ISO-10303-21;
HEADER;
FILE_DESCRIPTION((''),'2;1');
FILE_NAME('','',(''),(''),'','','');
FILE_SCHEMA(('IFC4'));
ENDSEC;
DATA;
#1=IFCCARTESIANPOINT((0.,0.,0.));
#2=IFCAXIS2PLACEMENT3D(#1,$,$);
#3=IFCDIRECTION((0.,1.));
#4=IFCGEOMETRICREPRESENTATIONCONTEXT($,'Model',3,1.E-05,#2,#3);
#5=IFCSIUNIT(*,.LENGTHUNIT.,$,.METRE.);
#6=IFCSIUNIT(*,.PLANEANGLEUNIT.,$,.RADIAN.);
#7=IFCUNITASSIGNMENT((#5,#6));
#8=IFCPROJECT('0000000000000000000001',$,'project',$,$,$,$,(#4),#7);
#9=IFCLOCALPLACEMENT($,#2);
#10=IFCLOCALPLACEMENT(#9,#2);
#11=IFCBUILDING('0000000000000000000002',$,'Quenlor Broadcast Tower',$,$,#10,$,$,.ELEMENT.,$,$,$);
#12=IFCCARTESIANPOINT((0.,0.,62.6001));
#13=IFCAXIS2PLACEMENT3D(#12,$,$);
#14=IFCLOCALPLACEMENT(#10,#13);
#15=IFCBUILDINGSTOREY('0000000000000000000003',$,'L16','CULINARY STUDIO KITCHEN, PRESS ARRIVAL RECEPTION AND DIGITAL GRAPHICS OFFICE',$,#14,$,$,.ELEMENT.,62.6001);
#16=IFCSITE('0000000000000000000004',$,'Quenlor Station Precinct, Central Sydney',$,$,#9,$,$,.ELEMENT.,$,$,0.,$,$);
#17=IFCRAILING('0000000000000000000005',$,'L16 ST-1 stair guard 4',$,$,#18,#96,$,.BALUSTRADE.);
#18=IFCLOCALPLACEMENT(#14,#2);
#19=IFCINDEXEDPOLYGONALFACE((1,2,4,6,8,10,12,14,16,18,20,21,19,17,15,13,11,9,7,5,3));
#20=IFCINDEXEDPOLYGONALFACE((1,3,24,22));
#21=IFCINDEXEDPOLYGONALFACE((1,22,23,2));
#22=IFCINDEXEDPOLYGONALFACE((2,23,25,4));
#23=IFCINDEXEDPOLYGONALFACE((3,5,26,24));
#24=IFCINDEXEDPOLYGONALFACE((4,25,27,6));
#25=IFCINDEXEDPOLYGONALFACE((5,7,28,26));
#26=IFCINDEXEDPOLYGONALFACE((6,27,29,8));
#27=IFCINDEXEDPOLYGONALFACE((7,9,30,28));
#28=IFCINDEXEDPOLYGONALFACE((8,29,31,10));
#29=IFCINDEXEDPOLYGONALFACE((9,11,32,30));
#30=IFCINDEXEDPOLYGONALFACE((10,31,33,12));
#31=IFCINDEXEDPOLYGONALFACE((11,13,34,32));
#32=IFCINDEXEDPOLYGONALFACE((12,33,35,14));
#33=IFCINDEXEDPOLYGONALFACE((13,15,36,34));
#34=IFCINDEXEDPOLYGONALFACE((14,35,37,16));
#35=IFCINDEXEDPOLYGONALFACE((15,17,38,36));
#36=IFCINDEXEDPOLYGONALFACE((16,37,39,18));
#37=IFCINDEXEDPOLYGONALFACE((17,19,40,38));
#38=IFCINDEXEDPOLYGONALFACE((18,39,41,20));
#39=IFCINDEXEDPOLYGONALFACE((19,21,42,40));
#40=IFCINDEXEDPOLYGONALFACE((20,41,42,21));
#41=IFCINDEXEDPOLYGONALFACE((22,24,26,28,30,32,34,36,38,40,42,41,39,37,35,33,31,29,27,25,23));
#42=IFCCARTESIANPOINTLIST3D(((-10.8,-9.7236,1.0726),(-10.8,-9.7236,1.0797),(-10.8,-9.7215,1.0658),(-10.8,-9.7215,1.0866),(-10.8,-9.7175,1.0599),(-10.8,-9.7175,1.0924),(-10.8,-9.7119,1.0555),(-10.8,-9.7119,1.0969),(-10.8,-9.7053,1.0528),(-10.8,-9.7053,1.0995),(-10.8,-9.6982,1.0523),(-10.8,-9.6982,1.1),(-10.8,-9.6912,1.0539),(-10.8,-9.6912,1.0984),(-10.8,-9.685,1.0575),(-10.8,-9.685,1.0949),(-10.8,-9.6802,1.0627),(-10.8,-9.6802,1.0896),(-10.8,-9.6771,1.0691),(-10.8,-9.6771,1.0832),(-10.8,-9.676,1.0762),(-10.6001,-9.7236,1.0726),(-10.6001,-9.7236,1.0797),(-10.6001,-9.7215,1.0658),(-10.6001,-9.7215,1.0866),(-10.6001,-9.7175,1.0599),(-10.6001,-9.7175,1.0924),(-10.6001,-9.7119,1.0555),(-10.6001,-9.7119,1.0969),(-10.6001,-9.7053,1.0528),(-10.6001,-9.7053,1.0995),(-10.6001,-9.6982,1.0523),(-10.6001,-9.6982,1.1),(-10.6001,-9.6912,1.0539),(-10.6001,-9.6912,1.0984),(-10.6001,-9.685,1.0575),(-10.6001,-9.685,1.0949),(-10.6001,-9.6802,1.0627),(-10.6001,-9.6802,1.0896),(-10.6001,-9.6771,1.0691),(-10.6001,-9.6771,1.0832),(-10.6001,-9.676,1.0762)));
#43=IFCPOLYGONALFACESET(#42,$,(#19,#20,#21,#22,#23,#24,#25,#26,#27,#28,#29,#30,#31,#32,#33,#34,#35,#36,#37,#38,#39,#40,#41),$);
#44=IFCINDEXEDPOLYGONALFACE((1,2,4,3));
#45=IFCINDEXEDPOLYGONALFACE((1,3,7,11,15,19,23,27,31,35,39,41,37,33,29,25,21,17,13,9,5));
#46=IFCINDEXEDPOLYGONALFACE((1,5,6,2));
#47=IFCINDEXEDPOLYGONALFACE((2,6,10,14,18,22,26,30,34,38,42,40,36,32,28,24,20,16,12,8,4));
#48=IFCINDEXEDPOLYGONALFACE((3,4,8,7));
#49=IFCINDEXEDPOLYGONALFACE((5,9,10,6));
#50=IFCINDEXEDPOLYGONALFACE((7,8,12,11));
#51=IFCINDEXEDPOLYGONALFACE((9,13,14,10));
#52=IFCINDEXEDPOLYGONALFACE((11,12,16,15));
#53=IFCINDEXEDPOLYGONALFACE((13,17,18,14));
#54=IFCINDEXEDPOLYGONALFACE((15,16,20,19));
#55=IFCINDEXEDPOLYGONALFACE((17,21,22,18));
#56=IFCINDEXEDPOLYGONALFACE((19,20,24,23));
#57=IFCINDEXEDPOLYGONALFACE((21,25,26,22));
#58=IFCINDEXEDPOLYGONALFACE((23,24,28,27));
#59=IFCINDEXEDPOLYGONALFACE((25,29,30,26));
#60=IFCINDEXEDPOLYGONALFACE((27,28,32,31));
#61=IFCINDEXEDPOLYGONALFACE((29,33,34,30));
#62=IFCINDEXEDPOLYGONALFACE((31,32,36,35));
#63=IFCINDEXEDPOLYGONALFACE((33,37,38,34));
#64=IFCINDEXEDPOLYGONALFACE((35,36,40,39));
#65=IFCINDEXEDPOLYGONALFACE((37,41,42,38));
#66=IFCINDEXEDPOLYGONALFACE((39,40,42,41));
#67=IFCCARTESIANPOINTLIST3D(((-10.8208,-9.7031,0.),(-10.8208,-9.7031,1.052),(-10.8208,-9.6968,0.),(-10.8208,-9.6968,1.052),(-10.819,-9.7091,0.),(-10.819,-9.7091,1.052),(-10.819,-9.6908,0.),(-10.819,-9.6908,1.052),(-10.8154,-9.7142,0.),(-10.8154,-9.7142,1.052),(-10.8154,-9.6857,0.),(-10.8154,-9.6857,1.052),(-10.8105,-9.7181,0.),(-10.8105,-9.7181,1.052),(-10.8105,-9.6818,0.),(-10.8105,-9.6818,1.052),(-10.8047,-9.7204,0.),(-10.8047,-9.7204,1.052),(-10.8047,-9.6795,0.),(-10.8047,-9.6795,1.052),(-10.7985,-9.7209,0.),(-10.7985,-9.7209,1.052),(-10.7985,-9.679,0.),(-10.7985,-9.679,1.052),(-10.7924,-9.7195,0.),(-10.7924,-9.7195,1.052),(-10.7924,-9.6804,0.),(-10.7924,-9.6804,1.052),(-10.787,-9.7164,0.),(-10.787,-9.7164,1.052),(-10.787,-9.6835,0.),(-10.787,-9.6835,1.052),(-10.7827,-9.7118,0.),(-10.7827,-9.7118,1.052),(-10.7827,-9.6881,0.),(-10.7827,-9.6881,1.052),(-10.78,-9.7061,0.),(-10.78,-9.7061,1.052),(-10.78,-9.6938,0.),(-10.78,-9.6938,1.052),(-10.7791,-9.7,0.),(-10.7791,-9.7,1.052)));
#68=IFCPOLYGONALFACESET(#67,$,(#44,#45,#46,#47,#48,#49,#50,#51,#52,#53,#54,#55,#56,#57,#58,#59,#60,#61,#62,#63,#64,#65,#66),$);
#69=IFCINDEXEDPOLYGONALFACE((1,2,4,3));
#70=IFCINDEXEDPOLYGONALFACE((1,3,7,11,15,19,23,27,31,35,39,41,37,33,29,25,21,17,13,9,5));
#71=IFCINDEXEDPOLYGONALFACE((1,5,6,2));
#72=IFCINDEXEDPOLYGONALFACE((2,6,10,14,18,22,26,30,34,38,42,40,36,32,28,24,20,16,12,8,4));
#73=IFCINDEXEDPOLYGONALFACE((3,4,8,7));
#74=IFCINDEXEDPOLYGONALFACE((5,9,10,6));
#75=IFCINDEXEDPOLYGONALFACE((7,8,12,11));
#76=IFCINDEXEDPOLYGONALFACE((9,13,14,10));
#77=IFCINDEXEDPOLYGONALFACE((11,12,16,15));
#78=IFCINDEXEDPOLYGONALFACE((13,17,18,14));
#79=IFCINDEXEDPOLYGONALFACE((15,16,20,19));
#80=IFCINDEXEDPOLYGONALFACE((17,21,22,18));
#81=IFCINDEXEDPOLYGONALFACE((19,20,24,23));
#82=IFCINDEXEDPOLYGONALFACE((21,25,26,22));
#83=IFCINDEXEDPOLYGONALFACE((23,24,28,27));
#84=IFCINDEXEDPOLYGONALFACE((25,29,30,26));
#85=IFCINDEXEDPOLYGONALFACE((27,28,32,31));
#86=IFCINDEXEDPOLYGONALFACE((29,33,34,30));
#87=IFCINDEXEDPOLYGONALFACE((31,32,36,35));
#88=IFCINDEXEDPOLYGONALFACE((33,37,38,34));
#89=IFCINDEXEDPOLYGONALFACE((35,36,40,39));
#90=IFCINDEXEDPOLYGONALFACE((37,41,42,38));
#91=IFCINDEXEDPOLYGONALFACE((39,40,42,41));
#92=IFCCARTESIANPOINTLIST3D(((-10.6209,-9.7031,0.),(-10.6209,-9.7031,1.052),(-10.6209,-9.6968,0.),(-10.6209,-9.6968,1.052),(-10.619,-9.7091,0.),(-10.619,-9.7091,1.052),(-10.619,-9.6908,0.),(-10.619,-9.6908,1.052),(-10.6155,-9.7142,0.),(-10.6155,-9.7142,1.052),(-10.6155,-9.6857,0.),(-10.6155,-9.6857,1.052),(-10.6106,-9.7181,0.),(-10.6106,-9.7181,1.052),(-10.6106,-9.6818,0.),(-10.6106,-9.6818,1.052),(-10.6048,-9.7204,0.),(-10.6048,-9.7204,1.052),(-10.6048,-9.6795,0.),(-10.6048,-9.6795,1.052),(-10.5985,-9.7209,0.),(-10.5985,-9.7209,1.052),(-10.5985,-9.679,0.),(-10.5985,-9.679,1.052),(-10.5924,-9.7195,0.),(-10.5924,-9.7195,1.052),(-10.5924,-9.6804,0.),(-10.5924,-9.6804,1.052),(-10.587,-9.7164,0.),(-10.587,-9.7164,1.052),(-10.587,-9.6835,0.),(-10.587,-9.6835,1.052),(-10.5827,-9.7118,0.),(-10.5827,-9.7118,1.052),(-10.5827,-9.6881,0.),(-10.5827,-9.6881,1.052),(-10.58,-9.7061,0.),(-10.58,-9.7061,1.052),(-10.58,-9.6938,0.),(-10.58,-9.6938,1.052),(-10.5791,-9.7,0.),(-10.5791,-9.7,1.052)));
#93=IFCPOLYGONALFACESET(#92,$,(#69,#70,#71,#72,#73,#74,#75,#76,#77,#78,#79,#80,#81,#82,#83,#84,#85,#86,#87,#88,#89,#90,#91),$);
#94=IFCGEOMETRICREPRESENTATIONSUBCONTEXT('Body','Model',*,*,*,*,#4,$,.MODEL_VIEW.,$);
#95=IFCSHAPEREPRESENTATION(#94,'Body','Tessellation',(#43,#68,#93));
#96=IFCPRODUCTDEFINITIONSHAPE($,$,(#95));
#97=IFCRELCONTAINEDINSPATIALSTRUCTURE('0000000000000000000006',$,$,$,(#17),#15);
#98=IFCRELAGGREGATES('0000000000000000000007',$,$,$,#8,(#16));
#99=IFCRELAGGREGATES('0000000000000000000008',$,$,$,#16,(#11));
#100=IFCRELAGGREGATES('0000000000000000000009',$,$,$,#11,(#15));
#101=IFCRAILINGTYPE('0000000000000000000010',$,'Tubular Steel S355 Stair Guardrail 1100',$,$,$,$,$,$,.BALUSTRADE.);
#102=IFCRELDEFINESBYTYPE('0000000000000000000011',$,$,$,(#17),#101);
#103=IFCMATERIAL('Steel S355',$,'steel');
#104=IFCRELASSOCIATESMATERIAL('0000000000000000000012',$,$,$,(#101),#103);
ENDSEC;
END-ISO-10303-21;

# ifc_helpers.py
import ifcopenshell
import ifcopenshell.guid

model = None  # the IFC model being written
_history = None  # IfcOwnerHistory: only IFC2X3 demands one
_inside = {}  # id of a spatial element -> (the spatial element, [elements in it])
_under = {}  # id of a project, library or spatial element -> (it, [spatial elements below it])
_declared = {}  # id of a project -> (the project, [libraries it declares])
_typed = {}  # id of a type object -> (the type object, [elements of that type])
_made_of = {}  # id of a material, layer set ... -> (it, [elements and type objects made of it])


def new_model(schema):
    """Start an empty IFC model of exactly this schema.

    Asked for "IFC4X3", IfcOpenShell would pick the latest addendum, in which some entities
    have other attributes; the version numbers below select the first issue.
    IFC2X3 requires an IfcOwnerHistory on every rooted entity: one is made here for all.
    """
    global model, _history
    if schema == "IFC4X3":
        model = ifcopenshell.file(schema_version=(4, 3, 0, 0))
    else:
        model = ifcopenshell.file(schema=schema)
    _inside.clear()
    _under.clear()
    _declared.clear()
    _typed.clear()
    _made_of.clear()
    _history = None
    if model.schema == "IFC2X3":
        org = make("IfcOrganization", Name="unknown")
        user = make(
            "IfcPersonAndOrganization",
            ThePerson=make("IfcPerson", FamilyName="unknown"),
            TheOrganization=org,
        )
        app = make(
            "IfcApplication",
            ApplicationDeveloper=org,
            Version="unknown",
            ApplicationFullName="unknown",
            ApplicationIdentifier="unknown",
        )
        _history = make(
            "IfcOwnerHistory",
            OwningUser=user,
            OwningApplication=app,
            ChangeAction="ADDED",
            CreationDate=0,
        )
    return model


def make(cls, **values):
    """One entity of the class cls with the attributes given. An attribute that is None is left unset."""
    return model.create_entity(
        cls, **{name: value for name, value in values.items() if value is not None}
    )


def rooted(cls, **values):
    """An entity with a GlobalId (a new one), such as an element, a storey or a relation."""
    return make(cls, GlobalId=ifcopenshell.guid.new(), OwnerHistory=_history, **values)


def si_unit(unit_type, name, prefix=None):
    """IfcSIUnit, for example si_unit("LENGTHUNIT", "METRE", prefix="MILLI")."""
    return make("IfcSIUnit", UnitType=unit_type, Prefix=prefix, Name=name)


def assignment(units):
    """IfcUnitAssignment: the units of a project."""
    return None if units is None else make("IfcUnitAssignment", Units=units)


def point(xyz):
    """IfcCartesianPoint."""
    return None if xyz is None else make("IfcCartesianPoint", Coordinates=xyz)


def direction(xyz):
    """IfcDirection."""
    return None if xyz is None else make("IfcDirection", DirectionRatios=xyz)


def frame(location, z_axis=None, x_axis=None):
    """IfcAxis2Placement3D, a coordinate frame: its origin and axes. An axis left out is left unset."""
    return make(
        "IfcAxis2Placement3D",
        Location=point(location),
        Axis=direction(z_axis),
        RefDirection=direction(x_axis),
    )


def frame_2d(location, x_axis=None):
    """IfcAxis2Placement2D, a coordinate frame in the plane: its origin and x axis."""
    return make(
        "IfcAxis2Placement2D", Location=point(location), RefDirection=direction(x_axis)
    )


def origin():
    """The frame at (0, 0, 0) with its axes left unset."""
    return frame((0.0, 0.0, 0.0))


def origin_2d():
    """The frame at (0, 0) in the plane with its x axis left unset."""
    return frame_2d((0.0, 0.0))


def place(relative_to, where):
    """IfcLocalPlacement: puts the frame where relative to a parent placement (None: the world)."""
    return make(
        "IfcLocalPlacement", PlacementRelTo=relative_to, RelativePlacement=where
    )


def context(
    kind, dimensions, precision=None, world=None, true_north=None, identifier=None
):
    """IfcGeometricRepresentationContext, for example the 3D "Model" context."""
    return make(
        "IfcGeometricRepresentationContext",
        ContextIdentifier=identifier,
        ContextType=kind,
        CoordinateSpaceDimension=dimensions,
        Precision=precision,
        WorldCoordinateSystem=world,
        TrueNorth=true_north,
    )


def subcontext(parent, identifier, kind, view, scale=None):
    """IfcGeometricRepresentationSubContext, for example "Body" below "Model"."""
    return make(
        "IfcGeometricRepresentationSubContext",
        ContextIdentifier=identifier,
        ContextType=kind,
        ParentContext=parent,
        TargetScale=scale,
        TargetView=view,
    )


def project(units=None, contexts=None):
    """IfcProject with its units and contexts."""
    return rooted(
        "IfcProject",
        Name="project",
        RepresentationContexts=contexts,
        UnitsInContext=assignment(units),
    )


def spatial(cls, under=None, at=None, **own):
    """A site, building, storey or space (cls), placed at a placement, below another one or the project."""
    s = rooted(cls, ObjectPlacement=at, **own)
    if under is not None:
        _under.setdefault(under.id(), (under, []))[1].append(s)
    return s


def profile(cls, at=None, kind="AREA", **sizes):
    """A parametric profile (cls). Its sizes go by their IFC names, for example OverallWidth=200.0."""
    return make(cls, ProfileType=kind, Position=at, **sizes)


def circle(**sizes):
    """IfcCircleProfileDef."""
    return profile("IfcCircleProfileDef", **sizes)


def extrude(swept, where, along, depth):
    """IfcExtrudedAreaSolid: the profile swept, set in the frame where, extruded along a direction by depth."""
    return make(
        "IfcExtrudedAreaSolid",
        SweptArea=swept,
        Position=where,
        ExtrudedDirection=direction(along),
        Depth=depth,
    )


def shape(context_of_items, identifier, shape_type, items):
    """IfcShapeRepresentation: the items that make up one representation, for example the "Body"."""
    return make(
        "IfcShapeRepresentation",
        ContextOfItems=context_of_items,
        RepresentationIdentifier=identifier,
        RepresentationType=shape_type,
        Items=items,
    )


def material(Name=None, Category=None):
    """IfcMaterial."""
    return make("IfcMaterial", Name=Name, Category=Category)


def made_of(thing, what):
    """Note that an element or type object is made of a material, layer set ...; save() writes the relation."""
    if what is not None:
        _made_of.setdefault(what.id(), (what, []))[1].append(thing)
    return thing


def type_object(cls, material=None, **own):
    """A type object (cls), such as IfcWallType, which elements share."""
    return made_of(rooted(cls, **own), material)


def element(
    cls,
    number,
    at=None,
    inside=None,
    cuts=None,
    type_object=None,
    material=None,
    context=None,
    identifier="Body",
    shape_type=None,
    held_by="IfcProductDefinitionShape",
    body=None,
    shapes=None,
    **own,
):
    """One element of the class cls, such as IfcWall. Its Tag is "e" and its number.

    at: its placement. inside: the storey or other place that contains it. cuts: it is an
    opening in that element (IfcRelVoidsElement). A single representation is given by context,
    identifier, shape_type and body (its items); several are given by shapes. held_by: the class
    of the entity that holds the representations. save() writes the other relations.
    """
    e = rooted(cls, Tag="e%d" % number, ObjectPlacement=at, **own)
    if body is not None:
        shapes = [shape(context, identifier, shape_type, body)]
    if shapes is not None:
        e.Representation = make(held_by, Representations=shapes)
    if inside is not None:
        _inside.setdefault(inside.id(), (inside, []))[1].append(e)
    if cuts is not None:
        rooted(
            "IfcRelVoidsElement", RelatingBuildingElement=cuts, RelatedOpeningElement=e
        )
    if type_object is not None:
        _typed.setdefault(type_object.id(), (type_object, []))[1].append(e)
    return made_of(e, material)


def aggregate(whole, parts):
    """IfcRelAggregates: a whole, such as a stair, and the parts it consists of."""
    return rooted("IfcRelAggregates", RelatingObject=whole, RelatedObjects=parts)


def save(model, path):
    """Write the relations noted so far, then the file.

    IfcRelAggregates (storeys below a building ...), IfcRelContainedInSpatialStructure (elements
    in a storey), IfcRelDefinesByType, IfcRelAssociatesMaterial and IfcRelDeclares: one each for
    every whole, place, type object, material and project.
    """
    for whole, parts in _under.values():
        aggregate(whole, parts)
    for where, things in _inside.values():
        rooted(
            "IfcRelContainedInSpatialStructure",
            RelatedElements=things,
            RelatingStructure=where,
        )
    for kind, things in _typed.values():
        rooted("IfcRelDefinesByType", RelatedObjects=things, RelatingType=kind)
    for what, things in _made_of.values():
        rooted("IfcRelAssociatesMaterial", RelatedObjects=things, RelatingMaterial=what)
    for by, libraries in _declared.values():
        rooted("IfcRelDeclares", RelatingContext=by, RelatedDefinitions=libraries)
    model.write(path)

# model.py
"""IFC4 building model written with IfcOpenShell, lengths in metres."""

from ifc_helpers import new_model, si_unit, direction, frame, origin, origin_2d, place, context, subcontext, project, spatial, circle, extrude, material, type_object, element, save


model = new_model("IFC4")

# Units and contexts
model_context = context("Model", 3, precision=1e-05, world=origin(), true_north=direction((0.0, 1.0)))
body_context = subcontext(model_context, "Body", "Model", "MODEL_VIEW")
ifc_project = project(units=[si_unit("LENGTHUNIT", "METRE"), si_unit("PLANEANGLEUNIT", "RADIAN")], contexts=[model_context])

# Site, building, storey
site_placement = place(None, origin())
site = spatial("IfcSite", under=ifc_project, at=site_placement, Name="Quenlor Station Precinct, Central Sydney", CompositionType="ELEMENT", RefElevation=0.0)
building_placement = place(site_placement, origin())
building = spatial("IfcBuilding", under=site, at=building_placement, Name="Quenlor Broadcast Tower", CompositionType="ELEMENT")
storey_placement = place(building_placement, frame((0.0, 0.0, 62.6001)))
storey = spatial("IfcBuildingStorey", under=building, at=storey_placement, Name="L16", Description="CULINARY STUDIO KITCHEN, PRESS ARRIVAL RECEPTION AND DIGITAL GRAPHICS OFFICE", CompositionType="ELEMENT", Elevation=62.6001)

# Railing
ifc_material_1 = material(Name="Steel S355", Category="steel")
railing_type_1 = type_object("IfcRailingType", Name="Tubular Steel S355 Stair Guardrail 1100", PredefinedType="BALUSTRADE", material=ifc_material_1)
railing_1_placement = place(storey_placement, frame((-10.8, -9.7, 0.0)))
element("IfcRailing", 1, at=railing_1_placement, inside=storey, type_object=railing_type_1, Name="L16 ST-1 stair guard 4", PredefinedType="BALUSTRADE", context=body_context, shape_type="SweptSolid", body=[
    extrude(circle(Radius=0.0239, at=origin_2d()), frame((0.0, 0.0, 1.0762), z_axis=(1.0, 0.0, 0.0), x_axis=(0.0, 1.0, 0.0)), (0.0, 0.0, 1.0), 0.2),
    extrude(circle(Radius=0.021, at=origin_2d()), origin(), (0.0, 0.0, 1.0), 1.052),
    extrude(circle(Radius=0.021, at=origin_2d()), frame((0.2, 0.0, 0.0)), (0.0, 0.0, 1.0), 1.052),
])

save(model, "model.ifc")
